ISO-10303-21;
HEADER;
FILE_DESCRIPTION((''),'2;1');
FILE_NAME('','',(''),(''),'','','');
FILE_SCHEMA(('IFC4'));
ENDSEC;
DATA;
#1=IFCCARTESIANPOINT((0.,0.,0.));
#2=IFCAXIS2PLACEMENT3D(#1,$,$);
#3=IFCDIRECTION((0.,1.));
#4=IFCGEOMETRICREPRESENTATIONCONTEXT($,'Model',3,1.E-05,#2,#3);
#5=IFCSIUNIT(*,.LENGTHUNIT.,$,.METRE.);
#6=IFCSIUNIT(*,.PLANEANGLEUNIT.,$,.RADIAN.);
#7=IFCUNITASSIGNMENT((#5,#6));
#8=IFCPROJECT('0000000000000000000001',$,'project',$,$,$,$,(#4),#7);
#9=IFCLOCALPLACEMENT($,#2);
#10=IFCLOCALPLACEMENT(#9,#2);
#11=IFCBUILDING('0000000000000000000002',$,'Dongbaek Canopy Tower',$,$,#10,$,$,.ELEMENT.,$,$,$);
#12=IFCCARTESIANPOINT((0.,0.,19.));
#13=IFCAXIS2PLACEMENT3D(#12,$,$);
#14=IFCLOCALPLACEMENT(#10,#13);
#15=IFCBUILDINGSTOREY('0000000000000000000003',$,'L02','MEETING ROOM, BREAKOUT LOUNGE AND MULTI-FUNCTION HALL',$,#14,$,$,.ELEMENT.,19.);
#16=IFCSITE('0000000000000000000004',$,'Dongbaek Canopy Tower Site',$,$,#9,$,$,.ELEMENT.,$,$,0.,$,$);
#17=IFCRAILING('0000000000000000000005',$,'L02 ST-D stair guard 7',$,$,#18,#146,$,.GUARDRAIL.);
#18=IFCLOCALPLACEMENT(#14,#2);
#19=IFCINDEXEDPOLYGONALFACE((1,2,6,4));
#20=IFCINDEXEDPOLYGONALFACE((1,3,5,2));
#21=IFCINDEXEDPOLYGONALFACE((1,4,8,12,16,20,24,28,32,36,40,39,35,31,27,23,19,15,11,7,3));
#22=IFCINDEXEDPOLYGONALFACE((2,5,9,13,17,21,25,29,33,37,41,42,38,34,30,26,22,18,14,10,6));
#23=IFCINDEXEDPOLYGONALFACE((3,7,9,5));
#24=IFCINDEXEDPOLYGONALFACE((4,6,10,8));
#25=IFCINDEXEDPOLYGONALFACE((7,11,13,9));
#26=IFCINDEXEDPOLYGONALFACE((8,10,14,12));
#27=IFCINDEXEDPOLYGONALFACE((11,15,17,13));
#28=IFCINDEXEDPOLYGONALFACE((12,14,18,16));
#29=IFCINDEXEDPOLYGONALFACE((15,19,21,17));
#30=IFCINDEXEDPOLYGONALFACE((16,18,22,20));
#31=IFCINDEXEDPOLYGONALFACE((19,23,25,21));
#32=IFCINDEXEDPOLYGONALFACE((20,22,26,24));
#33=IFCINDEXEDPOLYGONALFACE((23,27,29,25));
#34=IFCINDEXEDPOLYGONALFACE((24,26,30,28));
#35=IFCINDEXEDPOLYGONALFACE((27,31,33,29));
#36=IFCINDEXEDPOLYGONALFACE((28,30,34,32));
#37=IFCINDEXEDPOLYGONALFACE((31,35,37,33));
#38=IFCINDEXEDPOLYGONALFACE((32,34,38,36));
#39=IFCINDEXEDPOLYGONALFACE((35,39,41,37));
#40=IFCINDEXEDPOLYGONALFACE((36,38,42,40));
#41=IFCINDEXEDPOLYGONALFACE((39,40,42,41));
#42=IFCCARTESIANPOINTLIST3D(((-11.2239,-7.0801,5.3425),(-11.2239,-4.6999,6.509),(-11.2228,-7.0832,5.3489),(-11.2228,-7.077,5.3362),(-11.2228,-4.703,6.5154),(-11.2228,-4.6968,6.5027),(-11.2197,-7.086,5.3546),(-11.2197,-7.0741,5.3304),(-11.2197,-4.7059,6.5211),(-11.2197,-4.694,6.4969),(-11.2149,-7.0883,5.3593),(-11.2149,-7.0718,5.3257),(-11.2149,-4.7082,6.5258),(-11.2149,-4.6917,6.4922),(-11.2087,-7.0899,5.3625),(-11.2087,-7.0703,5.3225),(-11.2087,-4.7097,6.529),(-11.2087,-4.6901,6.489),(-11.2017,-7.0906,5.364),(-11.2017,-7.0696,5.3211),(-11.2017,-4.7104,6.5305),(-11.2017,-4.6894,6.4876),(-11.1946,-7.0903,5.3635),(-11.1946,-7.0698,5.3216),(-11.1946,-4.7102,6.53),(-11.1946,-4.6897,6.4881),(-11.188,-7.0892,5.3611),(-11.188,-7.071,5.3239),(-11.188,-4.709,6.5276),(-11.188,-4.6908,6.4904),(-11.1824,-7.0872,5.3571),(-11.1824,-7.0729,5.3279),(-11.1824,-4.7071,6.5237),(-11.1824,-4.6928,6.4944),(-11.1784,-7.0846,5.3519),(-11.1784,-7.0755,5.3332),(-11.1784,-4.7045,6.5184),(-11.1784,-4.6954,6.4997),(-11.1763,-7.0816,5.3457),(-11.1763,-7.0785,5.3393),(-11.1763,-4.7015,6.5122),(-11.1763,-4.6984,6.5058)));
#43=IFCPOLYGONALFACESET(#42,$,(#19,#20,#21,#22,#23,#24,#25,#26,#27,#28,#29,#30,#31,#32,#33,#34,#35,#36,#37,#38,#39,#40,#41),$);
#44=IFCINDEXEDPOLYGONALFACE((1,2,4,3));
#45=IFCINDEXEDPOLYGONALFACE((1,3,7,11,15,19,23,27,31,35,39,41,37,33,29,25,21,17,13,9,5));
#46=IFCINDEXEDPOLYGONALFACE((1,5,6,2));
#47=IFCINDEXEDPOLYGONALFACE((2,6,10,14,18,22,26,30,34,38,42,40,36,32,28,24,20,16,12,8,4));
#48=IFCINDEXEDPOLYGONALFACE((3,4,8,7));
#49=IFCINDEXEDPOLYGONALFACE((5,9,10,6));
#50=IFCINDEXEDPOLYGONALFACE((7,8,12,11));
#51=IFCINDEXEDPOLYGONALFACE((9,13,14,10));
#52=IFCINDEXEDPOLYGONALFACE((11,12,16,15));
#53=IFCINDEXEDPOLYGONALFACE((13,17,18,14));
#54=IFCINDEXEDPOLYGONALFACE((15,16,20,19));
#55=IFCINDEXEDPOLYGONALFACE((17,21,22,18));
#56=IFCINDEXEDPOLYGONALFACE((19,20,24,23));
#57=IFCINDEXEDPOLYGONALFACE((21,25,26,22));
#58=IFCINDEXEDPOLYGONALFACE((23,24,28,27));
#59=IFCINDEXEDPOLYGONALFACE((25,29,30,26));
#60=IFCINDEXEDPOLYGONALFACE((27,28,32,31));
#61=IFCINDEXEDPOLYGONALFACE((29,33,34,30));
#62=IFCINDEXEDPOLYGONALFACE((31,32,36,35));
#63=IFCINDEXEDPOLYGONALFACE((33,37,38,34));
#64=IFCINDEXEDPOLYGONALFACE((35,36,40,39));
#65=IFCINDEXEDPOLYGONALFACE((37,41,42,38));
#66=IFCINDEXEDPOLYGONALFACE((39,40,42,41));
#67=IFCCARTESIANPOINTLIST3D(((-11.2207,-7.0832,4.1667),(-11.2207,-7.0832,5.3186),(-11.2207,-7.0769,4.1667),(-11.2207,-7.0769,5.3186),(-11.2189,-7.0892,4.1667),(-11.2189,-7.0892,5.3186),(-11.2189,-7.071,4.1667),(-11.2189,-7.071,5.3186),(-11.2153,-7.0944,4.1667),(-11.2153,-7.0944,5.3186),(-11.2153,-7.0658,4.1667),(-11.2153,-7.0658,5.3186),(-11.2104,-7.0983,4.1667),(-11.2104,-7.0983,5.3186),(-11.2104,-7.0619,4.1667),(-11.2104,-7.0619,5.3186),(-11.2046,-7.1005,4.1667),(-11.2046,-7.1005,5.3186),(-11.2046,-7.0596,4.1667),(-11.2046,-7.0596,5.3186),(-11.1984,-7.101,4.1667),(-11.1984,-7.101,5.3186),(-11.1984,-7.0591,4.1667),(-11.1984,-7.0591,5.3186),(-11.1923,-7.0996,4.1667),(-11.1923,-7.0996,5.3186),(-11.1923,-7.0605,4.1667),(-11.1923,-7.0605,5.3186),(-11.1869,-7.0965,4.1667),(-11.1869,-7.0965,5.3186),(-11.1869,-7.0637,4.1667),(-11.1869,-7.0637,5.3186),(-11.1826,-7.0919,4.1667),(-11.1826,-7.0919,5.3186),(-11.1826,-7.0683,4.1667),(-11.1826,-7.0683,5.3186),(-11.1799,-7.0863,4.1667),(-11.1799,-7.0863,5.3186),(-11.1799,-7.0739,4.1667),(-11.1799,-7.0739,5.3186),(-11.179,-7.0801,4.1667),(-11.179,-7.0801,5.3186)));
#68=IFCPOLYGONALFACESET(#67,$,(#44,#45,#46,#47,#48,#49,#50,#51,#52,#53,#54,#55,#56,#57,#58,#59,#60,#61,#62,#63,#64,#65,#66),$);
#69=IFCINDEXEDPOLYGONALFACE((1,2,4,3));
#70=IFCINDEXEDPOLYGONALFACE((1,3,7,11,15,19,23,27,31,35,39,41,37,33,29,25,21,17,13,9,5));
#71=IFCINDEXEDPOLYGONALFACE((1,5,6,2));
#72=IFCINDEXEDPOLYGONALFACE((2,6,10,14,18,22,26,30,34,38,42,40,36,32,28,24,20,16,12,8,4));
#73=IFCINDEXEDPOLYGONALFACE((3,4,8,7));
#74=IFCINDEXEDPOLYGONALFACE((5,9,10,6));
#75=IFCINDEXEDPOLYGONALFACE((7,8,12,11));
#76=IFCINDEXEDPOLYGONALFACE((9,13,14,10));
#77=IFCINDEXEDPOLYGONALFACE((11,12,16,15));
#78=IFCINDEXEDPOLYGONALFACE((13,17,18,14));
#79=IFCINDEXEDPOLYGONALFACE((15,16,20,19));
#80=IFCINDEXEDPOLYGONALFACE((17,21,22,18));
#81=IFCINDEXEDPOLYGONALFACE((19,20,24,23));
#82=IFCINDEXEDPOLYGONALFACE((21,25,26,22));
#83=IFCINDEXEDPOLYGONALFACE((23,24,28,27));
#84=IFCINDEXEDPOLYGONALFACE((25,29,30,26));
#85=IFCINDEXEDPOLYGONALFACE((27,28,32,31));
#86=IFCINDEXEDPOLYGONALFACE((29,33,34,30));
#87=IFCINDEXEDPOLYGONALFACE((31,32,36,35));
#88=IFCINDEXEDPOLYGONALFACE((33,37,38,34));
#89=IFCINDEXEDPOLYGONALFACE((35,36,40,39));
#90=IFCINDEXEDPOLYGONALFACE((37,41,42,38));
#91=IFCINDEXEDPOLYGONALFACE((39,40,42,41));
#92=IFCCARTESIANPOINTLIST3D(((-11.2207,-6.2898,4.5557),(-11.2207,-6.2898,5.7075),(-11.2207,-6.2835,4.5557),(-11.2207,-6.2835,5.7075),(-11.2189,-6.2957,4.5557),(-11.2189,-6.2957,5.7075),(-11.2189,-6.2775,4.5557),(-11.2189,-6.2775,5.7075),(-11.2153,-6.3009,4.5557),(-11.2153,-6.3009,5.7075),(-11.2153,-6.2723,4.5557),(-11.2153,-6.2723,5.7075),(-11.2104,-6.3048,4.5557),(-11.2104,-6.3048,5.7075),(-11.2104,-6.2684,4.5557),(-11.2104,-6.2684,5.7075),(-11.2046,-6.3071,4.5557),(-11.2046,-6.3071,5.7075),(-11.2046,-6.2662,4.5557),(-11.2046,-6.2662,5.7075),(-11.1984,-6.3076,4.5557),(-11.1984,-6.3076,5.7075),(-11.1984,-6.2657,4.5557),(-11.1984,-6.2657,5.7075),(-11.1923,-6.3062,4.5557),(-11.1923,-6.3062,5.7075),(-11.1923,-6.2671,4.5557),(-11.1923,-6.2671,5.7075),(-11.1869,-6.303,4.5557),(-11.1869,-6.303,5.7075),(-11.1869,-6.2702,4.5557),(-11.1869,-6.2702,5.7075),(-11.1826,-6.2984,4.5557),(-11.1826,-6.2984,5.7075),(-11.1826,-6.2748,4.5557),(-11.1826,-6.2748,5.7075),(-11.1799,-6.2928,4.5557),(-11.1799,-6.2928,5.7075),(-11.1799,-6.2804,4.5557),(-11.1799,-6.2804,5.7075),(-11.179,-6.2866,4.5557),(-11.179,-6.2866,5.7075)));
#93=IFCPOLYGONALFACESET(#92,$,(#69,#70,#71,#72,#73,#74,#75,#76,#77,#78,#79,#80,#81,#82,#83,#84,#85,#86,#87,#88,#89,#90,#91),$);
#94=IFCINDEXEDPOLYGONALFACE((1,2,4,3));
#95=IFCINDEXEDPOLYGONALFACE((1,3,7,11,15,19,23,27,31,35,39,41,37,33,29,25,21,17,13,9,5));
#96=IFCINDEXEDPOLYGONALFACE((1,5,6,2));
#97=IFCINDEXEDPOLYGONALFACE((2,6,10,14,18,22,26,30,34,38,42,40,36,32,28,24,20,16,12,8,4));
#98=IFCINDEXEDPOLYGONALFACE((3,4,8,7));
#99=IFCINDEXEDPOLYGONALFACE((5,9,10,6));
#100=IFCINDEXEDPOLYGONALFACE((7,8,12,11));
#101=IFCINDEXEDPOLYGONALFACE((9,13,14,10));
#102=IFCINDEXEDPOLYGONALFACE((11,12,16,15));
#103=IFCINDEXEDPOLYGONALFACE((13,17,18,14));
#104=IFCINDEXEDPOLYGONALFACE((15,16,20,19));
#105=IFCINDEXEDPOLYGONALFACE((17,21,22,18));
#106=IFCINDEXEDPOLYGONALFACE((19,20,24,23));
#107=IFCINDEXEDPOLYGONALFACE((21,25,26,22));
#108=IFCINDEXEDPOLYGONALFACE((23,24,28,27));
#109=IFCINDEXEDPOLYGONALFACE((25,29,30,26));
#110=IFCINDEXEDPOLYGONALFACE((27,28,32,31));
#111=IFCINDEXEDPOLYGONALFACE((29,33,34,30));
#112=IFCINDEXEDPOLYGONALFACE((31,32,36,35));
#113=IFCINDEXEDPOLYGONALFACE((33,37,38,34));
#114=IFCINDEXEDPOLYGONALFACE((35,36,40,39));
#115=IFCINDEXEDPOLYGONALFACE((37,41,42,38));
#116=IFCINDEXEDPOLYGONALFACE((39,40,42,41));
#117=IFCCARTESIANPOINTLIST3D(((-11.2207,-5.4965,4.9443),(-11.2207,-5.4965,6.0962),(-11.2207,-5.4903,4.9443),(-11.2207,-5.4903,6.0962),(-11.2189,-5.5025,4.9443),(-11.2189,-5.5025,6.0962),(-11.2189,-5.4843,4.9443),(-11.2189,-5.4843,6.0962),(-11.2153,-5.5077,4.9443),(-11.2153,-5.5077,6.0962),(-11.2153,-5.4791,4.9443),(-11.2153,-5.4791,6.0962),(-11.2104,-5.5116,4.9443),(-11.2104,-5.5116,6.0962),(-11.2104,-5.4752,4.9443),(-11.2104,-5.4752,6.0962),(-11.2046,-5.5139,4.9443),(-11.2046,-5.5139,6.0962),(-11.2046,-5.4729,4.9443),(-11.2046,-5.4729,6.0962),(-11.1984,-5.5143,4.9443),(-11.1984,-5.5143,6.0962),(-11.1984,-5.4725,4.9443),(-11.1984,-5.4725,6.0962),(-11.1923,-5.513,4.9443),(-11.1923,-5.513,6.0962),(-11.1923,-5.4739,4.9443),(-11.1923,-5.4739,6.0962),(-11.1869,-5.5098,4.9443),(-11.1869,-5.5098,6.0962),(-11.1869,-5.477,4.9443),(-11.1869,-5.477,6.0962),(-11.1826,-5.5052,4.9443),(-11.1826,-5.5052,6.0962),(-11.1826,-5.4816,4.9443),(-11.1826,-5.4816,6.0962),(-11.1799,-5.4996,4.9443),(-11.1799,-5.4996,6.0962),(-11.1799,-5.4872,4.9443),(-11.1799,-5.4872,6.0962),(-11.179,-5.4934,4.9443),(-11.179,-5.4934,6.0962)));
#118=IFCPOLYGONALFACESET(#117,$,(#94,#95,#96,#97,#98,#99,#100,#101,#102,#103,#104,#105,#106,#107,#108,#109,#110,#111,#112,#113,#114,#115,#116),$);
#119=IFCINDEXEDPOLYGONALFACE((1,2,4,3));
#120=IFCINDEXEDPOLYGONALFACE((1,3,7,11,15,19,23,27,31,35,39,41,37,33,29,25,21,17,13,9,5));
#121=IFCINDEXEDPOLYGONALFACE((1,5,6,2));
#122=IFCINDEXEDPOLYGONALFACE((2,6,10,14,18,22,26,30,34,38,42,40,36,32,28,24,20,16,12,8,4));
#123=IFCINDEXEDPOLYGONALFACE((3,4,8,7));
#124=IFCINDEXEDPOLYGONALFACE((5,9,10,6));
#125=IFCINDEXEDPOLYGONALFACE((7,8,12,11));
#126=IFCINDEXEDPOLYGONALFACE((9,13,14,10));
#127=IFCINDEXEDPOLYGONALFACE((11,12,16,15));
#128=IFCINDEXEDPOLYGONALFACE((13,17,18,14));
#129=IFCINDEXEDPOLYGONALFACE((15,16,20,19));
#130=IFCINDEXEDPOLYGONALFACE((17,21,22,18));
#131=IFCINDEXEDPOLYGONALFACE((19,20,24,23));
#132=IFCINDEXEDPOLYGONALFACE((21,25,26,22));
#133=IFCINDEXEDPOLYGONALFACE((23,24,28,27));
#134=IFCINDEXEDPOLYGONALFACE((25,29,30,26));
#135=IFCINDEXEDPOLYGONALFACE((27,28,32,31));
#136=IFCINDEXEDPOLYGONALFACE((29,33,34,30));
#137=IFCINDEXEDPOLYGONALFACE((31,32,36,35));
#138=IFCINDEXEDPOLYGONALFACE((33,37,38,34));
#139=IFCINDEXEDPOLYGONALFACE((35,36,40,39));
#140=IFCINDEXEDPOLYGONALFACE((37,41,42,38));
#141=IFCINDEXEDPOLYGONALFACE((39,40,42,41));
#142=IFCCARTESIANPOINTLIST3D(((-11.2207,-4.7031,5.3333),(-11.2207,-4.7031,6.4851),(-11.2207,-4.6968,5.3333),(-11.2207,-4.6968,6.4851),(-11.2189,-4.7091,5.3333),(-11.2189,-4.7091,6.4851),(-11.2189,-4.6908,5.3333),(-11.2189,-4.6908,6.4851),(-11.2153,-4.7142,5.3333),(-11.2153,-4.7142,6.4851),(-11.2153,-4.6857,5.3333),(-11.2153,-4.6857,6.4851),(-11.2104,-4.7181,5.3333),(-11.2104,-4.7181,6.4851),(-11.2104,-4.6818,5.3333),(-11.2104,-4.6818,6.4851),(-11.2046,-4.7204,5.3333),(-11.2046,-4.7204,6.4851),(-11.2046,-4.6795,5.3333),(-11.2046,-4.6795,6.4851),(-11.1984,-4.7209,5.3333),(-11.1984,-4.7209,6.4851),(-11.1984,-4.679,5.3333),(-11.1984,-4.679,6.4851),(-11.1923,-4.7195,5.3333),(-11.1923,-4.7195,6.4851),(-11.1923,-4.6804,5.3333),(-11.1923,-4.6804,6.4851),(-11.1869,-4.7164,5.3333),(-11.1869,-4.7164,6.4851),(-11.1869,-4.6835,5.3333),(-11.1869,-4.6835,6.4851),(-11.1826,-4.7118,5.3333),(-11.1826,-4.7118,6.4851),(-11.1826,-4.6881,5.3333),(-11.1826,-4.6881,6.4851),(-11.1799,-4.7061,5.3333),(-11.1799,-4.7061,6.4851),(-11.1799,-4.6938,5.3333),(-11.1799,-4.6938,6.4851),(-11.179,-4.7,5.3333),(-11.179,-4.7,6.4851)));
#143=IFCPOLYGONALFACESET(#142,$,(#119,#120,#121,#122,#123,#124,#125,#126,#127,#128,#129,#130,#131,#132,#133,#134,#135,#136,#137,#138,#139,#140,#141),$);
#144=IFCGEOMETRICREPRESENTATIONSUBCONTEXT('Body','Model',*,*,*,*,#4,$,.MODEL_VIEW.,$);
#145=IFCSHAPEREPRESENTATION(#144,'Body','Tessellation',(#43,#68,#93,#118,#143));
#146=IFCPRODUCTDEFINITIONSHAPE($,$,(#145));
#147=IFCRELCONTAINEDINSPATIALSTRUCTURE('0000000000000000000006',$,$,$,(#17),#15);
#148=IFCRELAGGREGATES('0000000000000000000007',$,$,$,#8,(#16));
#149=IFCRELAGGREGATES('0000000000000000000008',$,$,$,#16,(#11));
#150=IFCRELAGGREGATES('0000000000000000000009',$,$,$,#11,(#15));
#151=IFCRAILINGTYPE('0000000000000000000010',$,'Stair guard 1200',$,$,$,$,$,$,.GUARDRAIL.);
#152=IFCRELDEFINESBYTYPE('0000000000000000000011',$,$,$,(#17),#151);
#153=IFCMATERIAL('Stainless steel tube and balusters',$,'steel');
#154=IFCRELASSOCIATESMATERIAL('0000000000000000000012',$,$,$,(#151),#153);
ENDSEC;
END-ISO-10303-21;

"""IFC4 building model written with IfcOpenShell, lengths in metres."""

from ifc_helpers import new_model, si_unit, direction, frame, origin, origin_2d, place, context, subcontext, project, spatial, circle, extrude, material, type_object, element, save


model = new_model("IFC4")

# Units and contexts
model_context = context("Model", 3, precision=1e-05, world=origin(), true_north=direction((0.0, 1.0)))
body_context = subcontext(model_context, "Body", "Model", "MODEL_VIEW")
ifc_project = project(units=[si_unit("LENGTHUNIT", "METRE"), si_unit("PLANEANGLEUNIT", "RADIAN")], contexts=[model_context])

# Site, building, storey
site_placement = place(None, origin())
site = spatial("IfcSite", under=ifc_project, at=site_placement, Name="Dongbaek Canopy Tower Site", CompositionType="ELEMENT", RefElevation=0.0)
building_placement = place(site_placement, origin())
building = spatial("IfcBuilding", under=site, at=building_placement, Name="Dongbaek Canopy Tower", CompositionType="ELEMENT")
storey_placement = place(building_placement, frame((0.0, 0.0, 19.0)))
storey = spatial("IfcBuildingStorey", under=building, at=storey_placement, Name="L02", Description="MEETING ROOM, BREAKOUT LOUNGE AND MULTI-FUNCTION HALL", CompositionType="ELEMENT", Elevation=19.0)

# Railing
ifc_material_1 = material(Name="Stainless steel tube and balusters", Category="steel")
railing_type_1 = type_object("IfcRailingType", Name="Stair guard 1200", PredefinedType="GUARDRAIL", material=ifc_material_1)
railing_1_placement = place(storey_placement, frame((-11.2, -7.0801, 4.1667)))
element("IfcRailing", 1, at=railing_1_placement, inside=storey, type_object=railing_type_1, Name="L02 ST-D stair guard 7", PredefinedType="GUARDRAIL", context=body_context, shape_type="SweptSolid", body=[
    extrude(circle(Radius=0.0239, at=origin_2d()), frame((0.0, 0.0, 1.1758), z_axis=(0.0, 0.897954, 0.440089), x_axis=(-1.0, 0.0, 0.0)), (0.0, 0.0, 1.0), 2.6506),
    extrude(circle(Radius=0.021, at=origin_2d()), origin(), (0.0, 0.0, 1.0), 1.1519),
    extrude(circle(Radius=0.021, at=origin_2d()), frame((0.0, 0.7935, 0.3889)), (0.0, 0.0, 1.0), 1.1519),
    extrude(circle(Radius=0.021, at=origin_2d()), frame((0.0, 1.5867, 0.7776)), (0.0, 0.0, 1.0), 1.1519),
    extrude(circle(Radius=0.021, at=origin_2d()), frame((0.0, 2.3801, 1.1665)), (0.0, 0.0, 1.0), 1.1519),
])

save(model, "model.ifc")
